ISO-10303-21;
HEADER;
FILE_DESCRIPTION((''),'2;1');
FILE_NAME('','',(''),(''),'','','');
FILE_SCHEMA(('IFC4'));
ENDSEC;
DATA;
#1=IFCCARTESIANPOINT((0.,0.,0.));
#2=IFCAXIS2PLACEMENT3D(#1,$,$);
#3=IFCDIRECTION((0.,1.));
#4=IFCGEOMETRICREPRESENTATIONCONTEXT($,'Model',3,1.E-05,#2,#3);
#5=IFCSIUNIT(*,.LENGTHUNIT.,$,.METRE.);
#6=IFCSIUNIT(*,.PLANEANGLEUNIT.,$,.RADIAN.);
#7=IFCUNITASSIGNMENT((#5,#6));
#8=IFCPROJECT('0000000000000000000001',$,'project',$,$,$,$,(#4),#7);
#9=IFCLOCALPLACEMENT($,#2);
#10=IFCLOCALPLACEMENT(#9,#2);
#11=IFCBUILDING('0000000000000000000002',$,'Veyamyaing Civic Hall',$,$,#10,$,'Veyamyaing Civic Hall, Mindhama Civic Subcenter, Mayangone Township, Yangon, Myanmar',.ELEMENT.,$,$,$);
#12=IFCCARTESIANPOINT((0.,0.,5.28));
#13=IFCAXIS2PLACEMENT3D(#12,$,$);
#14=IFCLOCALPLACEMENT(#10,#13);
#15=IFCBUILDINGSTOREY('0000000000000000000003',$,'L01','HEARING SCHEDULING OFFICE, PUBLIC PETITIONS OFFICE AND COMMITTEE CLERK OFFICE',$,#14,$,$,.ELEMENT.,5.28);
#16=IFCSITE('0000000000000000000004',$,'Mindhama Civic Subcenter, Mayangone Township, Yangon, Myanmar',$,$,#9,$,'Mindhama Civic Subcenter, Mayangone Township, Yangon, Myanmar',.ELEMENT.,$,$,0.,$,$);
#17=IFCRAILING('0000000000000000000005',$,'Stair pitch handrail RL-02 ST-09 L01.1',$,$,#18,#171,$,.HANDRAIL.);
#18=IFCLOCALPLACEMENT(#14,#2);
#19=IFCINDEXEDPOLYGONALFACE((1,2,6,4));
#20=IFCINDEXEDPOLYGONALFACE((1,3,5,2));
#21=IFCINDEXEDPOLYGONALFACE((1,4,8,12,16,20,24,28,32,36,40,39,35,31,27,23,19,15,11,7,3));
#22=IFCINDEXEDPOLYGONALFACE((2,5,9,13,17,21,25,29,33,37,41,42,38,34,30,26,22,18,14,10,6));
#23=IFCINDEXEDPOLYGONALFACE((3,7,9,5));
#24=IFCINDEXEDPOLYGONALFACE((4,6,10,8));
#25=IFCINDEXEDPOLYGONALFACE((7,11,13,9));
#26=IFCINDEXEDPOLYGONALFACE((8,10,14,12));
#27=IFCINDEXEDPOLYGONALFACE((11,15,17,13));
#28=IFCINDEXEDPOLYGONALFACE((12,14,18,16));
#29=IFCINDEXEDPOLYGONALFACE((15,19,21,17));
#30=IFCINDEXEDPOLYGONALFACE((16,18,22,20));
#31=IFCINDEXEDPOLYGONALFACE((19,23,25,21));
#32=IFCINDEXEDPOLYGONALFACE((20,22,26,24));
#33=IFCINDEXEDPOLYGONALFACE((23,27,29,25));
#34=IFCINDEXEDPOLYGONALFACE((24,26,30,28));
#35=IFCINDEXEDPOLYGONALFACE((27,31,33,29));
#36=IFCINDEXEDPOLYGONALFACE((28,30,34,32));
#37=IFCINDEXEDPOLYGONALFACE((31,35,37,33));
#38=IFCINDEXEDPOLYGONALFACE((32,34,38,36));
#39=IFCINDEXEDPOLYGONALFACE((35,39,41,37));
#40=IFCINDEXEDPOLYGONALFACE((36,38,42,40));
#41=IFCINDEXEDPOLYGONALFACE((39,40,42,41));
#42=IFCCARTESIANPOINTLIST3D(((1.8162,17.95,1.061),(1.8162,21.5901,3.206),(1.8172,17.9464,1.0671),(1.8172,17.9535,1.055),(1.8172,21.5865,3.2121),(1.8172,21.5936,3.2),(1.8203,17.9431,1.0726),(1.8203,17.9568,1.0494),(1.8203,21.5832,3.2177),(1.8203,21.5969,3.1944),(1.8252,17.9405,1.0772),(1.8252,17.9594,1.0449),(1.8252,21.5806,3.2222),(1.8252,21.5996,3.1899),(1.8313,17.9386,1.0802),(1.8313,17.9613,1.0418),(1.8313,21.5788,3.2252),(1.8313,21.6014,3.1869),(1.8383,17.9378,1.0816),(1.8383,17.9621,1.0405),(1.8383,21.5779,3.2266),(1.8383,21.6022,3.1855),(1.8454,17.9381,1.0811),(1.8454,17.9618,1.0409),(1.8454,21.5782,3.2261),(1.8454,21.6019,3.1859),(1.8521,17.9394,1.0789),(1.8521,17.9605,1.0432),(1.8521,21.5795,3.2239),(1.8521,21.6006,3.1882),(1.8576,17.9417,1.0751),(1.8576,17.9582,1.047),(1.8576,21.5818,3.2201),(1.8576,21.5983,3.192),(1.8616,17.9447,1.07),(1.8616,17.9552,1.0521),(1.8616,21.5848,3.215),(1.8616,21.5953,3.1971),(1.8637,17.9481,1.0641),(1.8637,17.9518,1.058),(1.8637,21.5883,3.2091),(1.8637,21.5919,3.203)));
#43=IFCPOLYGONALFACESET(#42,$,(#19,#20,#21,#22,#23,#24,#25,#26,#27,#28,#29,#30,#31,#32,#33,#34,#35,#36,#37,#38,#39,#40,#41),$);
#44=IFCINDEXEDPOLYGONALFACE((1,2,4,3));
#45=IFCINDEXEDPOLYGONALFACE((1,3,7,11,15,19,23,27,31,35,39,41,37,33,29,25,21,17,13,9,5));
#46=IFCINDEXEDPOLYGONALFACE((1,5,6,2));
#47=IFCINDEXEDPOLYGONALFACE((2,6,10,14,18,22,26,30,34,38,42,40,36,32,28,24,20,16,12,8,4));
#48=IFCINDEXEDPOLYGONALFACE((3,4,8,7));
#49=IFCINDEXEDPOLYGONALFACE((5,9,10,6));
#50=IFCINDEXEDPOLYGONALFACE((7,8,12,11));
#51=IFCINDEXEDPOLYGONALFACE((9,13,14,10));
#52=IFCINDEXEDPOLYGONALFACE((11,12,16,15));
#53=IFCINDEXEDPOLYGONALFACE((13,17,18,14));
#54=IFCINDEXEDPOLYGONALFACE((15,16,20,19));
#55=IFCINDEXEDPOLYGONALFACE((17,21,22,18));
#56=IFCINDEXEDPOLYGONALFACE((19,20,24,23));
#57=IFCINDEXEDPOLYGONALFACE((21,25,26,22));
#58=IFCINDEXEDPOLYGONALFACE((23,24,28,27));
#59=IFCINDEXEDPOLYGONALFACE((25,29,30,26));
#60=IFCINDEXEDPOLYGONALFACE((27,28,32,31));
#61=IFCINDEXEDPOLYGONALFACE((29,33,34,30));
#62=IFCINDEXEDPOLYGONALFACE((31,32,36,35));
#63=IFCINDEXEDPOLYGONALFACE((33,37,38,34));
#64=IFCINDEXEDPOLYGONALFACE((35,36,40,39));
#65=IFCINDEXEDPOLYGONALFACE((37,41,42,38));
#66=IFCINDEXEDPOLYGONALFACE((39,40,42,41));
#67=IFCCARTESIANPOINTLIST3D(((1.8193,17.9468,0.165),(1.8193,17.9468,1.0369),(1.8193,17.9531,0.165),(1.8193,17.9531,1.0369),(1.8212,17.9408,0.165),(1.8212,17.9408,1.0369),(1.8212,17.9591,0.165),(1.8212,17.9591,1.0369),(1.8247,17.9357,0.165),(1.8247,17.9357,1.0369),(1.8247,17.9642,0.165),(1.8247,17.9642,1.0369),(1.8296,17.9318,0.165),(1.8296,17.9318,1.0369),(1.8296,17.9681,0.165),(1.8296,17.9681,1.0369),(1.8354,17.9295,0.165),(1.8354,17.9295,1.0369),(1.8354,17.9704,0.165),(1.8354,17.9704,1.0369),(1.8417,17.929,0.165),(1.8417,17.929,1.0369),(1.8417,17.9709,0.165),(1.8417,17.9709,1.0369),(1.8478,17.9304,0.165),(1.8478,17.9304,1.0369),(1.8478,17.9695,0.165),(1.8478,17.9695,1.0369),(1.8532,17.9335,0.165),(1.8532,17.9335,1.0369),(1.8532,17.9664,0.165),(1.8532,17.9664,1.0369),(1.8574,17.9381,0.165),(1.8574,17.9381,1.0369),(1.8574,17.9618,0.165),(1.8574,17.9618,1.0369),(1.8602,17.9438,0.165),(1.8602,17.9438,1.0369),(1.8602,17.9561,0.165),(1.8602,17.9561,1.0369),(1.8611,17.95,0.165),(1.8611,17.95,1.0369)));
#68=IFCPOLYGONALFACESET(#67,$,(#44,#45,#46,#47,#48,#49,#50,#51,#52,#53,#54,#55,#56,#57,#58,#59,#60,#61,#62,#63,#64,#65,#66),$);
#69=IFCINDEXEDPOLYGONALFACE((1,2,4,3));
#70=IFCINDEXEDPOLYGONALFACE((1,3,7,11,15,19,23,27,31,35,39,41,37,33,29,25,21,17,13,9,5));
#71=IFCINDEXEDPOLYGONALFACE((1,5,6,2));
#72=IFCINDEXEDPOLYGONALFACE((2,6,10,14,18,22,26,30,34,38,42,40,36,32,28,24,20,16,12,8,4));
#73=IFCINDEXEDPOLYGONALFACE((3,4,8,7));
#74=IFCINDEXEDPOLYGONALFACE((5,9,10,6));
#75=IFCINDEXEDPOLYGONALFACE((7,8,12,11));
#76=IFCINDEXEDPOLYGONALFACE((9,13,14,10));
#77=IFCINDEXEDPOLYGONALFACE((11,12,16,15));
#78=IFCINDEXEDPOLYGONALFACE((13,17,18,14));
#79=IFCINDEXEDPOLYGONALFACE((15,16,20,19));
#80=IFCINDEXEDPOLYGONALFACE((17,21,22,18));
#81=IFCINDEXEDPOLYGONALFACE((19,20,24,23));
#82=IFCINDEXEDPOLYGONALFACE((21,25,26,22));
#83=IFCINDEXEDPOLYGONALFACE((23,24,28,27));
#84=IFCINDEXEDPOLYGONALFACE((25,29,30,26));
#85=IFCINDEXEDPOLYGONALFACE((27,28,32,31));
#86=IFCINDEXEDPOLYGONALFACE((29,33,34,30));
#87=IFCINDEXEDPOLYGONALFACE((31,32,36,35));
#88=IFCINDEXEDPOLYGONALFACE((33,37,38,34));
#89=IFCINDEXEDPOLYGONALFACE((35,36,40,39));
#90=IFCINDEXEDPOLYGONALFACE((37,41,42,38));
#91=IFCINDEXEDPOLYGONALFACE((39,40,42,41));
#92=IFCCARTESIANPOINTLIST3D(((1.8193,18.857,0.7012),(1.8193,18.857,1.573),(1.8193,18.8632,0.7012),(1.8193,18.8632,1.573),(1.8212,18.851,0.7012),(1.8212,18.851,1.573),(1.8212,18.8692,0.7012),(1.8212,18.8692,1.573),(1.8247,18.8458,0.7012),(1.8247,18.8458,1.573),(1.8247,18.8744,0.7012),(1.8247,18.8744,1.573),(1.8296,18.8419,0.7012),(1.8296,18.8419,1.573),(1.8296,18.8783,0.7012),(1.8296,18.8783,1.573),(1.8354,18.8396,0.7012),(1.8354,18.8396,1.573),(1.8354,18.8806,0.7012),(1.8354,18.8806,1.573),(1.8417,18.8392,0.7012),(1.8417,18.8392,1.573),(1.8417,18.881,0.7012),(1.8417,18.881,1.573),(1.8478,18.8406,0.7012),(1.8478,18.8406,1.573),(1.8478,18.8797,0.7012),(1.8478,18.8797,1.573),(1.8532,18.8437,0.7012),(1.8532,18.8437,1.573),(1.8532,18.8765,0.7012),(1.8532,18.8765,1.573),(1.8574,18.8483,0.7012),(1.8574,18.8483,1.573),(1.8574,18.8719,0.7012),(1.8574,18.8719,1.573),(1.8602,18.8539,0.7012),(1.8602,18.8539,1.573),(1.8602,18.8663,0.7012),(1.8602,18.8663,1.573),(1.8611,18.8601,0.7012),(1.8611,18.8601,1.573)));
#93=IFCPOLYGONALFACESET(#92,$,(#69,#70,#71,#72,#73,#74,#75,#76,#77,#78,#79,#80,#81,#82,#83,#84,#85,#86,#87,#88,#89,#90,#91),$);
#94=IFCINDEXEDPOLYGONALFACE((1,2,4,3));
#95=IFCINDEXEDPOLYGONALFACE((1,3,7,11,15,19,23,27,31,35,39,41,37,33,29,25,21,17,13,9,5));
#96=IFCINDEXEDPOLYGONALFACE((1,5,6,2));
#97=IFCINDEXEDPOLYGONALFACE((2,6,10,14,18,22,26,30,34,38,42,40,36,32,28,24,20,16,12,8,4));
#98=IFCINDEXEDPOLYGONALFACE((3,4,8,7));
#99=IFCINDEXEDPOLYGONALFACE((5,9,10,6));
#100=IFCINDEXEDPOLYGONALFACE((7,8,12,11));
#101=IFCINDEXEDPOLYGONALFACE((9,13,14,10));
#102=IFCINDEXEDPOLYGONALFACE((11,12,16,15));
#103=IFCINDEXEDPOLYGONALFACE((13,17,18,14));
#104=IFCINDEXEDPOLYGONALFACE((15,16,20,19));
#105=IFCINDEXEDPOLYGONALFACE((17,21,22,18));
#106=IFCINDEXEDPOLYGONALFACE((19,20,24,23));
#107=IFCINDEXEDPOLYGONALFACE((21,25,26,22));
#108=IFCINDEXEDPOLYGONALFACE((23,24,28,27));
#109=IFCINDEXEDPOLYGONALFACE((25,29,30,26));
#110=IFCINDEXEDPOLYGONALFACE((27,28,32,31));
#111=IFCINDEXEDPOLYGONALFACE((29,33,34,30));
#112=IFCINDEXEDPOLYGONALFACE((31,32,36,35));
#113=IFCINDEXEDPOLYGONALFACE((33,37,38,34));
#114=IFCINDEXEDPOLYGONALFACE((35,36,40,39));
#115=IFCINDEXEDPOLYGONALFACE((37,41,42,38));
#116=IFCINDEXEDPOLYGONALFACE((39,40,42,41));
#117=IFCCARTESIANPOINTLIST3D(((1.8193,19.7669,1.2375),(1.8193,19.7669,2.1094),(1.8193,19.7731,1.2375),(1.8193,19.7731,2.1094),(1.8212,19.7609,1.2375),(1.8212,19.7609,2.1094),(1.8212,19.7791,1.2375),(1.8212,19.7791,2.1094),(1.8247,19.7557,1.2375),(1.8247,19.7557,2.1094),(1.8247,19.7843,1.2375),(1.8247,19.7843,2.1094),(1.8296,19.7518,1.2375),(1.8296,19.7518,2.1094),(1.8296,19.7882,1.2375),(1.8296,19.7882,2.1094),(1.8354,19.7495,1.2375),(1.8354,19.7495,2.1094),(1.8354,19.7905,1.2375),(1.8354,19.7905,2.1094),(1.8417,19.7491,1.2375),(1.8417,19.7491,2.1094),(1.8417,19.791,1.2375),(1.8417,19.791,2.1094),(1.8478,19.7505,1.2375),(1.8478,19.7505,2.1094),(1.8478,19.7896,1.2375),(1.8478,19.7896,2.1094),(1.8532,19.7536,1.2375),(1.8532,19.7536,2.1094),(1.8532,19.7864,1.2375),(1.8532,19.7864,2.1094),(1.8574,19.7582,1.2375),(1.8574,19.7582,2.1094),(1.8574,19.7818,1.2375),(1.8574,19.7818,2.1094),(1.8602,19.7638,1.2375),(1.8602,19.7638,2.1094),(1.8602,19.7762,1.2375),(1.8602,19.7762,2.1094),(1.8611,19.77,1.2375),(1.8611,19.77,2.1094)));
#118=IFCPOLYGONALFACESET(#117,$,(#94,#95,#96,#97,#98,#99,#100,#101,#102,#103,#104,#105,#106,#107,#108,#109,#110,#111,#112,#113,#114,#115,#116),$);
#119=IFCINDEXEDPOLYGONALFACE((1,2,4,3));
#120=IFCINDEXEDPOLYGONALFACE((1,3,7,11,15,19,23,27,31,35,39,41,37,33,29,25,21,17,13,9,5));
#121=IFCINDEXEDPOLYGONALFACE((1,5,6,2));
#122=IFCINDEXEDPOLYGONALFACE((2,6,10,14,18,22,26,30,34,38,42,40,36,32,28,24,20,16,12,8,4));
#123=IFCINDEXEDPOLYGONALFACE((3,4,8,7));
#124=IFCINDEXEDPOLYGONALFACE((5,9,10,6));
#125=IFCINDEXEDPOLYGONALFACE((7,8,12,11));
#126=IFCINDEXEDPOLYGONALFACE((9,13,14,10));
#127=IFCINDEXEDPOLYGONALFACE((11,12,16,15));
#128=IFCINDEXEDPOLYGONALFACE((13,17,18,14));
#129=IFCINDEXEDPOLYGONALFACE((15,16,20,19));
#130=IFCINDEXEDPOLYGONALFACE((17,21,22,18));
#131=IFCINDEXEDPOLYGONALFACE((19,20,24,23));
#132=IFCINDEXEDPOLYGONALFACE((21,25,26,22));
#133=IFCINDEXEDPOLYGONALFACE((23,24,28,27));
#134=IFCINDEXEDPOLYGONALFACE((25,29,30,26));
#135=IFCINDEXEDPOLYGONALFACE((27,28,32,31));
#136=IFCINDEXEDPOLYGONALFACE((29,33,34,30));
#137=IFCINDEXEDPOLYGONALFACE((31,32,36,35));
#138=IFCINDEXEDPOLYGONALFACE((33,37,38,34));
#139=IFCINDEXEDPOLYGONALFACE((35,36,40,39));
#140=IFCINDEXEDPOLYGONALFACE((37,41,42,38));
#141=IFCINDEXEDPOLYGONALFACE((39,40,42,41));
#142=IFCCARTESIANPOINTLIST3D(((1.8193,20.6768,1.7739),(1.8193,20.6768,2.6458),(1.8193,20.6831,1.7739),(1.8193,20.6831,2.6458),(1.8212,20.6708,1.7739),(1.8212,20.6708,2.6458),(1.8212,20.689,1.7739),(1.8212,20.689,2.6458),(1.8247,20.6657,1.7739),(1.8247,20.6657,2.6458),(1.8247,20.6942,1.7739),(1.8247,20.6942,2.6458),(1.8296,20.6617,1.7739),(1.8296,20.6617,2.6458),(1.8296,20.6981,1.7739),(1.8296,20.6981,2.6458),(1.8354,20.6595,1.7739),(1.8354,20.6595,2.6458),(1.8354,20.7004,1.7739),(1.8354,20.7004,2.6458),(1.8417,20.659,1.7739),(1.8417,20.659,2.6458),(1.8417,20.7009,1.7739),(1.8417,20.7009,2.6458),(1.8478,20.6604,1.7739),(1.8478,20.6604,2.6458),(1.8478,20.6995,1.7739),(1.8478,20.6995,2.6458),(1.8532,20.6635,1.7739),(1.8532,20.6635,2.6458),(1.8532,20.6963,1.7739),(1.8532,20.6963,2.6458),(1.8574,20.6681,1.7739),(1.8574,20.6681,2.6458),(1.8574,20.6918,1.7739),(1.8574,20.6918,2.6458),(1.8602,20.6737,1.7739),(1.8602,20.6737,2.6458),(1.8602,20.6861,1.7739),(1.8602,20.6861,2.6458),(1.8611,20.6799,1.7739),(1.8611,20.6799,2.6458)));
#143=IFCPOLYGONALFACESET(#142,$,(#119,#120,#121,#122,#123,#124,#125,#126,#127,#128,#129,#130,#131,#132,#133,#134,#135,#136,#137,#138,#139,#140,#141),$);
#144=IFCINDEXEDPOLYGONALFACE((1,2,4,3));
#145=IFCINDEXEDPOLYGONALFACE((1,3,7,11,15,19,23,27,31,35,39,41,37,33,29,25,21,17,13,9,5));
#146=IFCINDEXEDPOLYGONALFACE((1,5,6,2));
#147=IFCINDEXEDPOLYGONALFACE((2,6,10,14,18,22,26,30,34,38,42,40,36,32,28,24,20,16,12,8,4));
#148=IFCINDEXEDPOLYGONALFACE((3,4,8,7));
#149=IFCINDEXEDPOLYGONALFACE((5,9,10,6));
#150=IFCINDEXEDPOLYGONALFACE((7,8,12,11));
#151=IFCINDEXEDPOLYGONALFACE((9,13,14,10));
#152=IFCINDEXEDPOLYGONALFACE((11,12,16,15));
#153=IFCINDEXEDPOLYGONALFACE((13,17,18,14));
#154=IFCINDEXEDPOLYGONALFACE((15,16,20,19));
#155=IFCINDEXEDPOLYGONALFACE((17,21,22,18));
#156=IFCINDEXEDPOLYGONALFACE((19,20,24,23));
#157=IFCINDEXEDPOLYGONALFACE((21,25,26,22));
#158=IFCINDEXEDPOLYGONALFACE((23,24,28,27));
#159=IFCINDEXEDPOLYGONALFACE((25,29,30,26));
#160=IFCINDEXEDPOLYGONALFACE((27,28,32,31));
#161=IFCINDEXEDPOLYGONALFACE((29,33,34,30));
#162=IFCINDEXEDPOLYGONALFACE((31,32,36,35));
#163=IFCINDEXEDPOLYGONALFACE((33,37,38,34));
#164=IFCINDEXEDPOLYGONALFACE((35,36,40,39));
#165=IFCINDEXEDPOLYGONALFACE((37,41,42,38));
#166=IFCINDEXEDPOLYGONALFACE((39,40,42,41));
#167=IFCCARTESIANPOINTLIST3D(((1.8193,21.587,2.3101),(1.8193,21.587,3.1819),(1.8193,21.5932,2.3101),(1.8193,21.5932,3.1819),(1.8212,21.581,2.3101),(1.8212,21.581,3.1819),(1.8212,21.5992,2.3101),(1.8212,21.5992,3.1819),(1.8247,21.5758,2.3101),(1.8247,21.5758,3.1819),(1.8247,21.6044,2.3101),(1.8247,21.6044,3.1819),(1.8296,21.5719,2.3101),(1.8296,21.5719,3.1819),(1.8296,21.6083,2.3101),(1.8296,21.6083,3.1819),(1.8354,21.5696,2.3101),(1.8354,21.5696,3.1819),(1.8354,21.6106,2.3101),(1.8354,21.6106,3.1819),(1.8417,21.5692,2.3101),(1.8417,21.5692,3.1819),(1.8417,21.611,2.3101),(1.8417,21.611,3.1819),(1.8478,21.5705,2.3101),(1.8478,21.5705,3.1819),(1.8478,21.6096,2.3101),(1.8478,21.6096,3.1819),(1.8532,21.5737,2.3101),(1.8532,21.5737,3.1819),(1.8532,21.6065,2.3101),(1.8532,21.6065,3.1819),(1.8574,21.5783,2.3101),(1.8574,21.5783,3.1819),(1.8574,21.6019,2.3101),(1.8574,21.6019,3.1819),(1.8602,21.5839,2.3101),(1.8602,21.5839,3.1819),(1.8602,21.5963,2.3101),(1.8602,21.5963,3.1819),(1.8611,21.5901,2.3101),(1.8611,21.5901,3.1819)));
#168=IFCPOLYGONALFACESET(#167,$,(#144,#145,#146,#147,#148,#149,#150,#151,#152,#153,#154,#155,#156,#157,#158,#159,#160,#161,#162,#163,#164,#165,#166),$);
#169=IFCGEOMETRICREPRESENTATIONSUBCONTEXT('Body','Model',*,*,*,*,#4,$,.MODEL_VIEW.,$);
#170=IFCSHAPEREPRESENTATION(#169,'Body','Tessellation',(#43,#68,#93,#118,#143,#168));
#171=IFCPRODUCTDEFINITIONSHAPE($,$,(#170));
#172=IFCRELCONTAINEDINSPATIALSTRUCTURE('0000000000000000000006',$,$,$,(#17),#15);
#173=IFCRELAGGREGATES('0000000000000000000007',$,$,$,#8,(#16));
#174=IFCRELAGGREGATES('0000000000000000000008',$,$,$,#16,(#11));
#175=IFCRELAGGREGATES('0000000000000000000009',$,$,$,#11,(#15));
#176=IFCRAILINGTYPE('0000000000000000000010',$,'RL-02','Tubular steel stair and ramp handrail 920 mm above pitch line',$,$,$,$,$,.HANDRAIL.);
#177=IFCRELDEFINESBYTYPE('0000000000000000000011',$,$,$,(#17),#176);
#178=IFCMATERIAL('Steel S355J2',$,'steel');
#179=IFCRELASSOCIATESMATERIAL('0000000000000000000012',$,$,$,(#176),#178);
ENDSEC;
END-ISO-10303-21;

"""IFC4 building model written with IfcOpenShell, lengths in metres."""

from ifc_helpers import new_model, si_unit, direction, frame, origin, origin_2d, place, context, subcontext, project, spatial, circle, extrude, material, type_object, element, save


model = new_model("IFC4")

# Units and contexts
model_context = context("Model", 3, precision=1e-05, world=origin(), true_north=direction((0.0, 1.0)))
body_context = subcontext(model_context, "Body", "Model", "MODEL_VIEW")
ifc_project = project(units=[si_unit("LENGTHUNIT", "METRE"), si_unit("PLANEANGLEUNIT", "RADIAN")], contexts=[model_context])

# Site, building, storey
site_placement = place(None, origin())
site = spatial("IfcSite", under=ifc_project, at=site_placement, Name="Mindhama Civic Subcenter, Mayangone Township, Yangon, Myanmar", LongName="Mindhama Civic Subcenter, Mayangone Township, Yangon, Myanmar", CompositionType="ELEMENT", RefElevation=0.0)
building_placement = place(site_placement, origin())
building = spatial("IfcBuilding", under=site, at=building_placement, Name="Veyamyaing Civic Hall", LongName="Veyamyaing Civic Hall, Mindhama Civic Subcenter, Mayangone Township, Yangon, Myanmar", CompositionType="ELEMENT")
storey_placement = place(building_placement, frame((0.0, 0.0, 5.28)))
storey = spatial("IfcBuildingStorey", under=building, at=storey_placement, Name="L01", Description="HEARING SCHEDULING OFFICE, PUBLIC PETITIONS OFFICE AND COMMITTEE CLERK OFFICE", CompositionType="ELEMENT", Elevation=5.28)

# Railing
ifc_material_1 = material(Name="Steel S355J2", Category="steel")
railing_type_1 = type_object("IfcRailingType", Name="RL-02", Description="Tubular steel stair and ramp handrail 920 mm above pitch line", PredefinedType="HANDRAIL", material=ifc_material_1)
railing_1_placement = place(storey_placement, frame((1.8401, 17.95, 0.165)))
element("IfcRailing", 1, at=railing_1_placement, inside=storey, type_object=railing_type_1, Name="Stair pitch handrail RL-02 ST-09 L01.1", PredefinedType="HANDRAIL", context=body_context, shape_type="SweptSolid", body=[
    extrude(circle(Radius=0.0239, at=origin_2d()), frame((0.0, 0.0, 0.896), z_axis=(0.0, 0.861545, 0.507682), x_axis=(-1.0, 0.0, 0.0)), (0.0, 0.0, 1.0), 4.2251),
    extrude(circle(Radius=0.021, at=origin_2d()), origin(), (0.0, 0.0, 1.0), 0.8718),
    extrude(circle(Radius=0.021, at=origin_2d()), frame((0.0, 0.9102, 0.5361)), (0.0, 0.0, 1.0), 0.8718),
    extrude(circle(Radius=0.021, at=origin_2d()), frame((0.0, 1.8201, 1.0725)), (0.0, 0.0, 1.0), 0.8718),
    extrude(circle(Radius=0.021, at=origin_2d()), frame((0.0, 2.73, 1.6089)), (0.0, 0.0, 1.0), 0.8718),
    extrude(circle(Radius=0.021, at=origin_2d()), frame((0.0, 3.6401, 2.145)), (0.0, 0.0, 1.0), 0.8718),
])

save(model, "model.ifc")
